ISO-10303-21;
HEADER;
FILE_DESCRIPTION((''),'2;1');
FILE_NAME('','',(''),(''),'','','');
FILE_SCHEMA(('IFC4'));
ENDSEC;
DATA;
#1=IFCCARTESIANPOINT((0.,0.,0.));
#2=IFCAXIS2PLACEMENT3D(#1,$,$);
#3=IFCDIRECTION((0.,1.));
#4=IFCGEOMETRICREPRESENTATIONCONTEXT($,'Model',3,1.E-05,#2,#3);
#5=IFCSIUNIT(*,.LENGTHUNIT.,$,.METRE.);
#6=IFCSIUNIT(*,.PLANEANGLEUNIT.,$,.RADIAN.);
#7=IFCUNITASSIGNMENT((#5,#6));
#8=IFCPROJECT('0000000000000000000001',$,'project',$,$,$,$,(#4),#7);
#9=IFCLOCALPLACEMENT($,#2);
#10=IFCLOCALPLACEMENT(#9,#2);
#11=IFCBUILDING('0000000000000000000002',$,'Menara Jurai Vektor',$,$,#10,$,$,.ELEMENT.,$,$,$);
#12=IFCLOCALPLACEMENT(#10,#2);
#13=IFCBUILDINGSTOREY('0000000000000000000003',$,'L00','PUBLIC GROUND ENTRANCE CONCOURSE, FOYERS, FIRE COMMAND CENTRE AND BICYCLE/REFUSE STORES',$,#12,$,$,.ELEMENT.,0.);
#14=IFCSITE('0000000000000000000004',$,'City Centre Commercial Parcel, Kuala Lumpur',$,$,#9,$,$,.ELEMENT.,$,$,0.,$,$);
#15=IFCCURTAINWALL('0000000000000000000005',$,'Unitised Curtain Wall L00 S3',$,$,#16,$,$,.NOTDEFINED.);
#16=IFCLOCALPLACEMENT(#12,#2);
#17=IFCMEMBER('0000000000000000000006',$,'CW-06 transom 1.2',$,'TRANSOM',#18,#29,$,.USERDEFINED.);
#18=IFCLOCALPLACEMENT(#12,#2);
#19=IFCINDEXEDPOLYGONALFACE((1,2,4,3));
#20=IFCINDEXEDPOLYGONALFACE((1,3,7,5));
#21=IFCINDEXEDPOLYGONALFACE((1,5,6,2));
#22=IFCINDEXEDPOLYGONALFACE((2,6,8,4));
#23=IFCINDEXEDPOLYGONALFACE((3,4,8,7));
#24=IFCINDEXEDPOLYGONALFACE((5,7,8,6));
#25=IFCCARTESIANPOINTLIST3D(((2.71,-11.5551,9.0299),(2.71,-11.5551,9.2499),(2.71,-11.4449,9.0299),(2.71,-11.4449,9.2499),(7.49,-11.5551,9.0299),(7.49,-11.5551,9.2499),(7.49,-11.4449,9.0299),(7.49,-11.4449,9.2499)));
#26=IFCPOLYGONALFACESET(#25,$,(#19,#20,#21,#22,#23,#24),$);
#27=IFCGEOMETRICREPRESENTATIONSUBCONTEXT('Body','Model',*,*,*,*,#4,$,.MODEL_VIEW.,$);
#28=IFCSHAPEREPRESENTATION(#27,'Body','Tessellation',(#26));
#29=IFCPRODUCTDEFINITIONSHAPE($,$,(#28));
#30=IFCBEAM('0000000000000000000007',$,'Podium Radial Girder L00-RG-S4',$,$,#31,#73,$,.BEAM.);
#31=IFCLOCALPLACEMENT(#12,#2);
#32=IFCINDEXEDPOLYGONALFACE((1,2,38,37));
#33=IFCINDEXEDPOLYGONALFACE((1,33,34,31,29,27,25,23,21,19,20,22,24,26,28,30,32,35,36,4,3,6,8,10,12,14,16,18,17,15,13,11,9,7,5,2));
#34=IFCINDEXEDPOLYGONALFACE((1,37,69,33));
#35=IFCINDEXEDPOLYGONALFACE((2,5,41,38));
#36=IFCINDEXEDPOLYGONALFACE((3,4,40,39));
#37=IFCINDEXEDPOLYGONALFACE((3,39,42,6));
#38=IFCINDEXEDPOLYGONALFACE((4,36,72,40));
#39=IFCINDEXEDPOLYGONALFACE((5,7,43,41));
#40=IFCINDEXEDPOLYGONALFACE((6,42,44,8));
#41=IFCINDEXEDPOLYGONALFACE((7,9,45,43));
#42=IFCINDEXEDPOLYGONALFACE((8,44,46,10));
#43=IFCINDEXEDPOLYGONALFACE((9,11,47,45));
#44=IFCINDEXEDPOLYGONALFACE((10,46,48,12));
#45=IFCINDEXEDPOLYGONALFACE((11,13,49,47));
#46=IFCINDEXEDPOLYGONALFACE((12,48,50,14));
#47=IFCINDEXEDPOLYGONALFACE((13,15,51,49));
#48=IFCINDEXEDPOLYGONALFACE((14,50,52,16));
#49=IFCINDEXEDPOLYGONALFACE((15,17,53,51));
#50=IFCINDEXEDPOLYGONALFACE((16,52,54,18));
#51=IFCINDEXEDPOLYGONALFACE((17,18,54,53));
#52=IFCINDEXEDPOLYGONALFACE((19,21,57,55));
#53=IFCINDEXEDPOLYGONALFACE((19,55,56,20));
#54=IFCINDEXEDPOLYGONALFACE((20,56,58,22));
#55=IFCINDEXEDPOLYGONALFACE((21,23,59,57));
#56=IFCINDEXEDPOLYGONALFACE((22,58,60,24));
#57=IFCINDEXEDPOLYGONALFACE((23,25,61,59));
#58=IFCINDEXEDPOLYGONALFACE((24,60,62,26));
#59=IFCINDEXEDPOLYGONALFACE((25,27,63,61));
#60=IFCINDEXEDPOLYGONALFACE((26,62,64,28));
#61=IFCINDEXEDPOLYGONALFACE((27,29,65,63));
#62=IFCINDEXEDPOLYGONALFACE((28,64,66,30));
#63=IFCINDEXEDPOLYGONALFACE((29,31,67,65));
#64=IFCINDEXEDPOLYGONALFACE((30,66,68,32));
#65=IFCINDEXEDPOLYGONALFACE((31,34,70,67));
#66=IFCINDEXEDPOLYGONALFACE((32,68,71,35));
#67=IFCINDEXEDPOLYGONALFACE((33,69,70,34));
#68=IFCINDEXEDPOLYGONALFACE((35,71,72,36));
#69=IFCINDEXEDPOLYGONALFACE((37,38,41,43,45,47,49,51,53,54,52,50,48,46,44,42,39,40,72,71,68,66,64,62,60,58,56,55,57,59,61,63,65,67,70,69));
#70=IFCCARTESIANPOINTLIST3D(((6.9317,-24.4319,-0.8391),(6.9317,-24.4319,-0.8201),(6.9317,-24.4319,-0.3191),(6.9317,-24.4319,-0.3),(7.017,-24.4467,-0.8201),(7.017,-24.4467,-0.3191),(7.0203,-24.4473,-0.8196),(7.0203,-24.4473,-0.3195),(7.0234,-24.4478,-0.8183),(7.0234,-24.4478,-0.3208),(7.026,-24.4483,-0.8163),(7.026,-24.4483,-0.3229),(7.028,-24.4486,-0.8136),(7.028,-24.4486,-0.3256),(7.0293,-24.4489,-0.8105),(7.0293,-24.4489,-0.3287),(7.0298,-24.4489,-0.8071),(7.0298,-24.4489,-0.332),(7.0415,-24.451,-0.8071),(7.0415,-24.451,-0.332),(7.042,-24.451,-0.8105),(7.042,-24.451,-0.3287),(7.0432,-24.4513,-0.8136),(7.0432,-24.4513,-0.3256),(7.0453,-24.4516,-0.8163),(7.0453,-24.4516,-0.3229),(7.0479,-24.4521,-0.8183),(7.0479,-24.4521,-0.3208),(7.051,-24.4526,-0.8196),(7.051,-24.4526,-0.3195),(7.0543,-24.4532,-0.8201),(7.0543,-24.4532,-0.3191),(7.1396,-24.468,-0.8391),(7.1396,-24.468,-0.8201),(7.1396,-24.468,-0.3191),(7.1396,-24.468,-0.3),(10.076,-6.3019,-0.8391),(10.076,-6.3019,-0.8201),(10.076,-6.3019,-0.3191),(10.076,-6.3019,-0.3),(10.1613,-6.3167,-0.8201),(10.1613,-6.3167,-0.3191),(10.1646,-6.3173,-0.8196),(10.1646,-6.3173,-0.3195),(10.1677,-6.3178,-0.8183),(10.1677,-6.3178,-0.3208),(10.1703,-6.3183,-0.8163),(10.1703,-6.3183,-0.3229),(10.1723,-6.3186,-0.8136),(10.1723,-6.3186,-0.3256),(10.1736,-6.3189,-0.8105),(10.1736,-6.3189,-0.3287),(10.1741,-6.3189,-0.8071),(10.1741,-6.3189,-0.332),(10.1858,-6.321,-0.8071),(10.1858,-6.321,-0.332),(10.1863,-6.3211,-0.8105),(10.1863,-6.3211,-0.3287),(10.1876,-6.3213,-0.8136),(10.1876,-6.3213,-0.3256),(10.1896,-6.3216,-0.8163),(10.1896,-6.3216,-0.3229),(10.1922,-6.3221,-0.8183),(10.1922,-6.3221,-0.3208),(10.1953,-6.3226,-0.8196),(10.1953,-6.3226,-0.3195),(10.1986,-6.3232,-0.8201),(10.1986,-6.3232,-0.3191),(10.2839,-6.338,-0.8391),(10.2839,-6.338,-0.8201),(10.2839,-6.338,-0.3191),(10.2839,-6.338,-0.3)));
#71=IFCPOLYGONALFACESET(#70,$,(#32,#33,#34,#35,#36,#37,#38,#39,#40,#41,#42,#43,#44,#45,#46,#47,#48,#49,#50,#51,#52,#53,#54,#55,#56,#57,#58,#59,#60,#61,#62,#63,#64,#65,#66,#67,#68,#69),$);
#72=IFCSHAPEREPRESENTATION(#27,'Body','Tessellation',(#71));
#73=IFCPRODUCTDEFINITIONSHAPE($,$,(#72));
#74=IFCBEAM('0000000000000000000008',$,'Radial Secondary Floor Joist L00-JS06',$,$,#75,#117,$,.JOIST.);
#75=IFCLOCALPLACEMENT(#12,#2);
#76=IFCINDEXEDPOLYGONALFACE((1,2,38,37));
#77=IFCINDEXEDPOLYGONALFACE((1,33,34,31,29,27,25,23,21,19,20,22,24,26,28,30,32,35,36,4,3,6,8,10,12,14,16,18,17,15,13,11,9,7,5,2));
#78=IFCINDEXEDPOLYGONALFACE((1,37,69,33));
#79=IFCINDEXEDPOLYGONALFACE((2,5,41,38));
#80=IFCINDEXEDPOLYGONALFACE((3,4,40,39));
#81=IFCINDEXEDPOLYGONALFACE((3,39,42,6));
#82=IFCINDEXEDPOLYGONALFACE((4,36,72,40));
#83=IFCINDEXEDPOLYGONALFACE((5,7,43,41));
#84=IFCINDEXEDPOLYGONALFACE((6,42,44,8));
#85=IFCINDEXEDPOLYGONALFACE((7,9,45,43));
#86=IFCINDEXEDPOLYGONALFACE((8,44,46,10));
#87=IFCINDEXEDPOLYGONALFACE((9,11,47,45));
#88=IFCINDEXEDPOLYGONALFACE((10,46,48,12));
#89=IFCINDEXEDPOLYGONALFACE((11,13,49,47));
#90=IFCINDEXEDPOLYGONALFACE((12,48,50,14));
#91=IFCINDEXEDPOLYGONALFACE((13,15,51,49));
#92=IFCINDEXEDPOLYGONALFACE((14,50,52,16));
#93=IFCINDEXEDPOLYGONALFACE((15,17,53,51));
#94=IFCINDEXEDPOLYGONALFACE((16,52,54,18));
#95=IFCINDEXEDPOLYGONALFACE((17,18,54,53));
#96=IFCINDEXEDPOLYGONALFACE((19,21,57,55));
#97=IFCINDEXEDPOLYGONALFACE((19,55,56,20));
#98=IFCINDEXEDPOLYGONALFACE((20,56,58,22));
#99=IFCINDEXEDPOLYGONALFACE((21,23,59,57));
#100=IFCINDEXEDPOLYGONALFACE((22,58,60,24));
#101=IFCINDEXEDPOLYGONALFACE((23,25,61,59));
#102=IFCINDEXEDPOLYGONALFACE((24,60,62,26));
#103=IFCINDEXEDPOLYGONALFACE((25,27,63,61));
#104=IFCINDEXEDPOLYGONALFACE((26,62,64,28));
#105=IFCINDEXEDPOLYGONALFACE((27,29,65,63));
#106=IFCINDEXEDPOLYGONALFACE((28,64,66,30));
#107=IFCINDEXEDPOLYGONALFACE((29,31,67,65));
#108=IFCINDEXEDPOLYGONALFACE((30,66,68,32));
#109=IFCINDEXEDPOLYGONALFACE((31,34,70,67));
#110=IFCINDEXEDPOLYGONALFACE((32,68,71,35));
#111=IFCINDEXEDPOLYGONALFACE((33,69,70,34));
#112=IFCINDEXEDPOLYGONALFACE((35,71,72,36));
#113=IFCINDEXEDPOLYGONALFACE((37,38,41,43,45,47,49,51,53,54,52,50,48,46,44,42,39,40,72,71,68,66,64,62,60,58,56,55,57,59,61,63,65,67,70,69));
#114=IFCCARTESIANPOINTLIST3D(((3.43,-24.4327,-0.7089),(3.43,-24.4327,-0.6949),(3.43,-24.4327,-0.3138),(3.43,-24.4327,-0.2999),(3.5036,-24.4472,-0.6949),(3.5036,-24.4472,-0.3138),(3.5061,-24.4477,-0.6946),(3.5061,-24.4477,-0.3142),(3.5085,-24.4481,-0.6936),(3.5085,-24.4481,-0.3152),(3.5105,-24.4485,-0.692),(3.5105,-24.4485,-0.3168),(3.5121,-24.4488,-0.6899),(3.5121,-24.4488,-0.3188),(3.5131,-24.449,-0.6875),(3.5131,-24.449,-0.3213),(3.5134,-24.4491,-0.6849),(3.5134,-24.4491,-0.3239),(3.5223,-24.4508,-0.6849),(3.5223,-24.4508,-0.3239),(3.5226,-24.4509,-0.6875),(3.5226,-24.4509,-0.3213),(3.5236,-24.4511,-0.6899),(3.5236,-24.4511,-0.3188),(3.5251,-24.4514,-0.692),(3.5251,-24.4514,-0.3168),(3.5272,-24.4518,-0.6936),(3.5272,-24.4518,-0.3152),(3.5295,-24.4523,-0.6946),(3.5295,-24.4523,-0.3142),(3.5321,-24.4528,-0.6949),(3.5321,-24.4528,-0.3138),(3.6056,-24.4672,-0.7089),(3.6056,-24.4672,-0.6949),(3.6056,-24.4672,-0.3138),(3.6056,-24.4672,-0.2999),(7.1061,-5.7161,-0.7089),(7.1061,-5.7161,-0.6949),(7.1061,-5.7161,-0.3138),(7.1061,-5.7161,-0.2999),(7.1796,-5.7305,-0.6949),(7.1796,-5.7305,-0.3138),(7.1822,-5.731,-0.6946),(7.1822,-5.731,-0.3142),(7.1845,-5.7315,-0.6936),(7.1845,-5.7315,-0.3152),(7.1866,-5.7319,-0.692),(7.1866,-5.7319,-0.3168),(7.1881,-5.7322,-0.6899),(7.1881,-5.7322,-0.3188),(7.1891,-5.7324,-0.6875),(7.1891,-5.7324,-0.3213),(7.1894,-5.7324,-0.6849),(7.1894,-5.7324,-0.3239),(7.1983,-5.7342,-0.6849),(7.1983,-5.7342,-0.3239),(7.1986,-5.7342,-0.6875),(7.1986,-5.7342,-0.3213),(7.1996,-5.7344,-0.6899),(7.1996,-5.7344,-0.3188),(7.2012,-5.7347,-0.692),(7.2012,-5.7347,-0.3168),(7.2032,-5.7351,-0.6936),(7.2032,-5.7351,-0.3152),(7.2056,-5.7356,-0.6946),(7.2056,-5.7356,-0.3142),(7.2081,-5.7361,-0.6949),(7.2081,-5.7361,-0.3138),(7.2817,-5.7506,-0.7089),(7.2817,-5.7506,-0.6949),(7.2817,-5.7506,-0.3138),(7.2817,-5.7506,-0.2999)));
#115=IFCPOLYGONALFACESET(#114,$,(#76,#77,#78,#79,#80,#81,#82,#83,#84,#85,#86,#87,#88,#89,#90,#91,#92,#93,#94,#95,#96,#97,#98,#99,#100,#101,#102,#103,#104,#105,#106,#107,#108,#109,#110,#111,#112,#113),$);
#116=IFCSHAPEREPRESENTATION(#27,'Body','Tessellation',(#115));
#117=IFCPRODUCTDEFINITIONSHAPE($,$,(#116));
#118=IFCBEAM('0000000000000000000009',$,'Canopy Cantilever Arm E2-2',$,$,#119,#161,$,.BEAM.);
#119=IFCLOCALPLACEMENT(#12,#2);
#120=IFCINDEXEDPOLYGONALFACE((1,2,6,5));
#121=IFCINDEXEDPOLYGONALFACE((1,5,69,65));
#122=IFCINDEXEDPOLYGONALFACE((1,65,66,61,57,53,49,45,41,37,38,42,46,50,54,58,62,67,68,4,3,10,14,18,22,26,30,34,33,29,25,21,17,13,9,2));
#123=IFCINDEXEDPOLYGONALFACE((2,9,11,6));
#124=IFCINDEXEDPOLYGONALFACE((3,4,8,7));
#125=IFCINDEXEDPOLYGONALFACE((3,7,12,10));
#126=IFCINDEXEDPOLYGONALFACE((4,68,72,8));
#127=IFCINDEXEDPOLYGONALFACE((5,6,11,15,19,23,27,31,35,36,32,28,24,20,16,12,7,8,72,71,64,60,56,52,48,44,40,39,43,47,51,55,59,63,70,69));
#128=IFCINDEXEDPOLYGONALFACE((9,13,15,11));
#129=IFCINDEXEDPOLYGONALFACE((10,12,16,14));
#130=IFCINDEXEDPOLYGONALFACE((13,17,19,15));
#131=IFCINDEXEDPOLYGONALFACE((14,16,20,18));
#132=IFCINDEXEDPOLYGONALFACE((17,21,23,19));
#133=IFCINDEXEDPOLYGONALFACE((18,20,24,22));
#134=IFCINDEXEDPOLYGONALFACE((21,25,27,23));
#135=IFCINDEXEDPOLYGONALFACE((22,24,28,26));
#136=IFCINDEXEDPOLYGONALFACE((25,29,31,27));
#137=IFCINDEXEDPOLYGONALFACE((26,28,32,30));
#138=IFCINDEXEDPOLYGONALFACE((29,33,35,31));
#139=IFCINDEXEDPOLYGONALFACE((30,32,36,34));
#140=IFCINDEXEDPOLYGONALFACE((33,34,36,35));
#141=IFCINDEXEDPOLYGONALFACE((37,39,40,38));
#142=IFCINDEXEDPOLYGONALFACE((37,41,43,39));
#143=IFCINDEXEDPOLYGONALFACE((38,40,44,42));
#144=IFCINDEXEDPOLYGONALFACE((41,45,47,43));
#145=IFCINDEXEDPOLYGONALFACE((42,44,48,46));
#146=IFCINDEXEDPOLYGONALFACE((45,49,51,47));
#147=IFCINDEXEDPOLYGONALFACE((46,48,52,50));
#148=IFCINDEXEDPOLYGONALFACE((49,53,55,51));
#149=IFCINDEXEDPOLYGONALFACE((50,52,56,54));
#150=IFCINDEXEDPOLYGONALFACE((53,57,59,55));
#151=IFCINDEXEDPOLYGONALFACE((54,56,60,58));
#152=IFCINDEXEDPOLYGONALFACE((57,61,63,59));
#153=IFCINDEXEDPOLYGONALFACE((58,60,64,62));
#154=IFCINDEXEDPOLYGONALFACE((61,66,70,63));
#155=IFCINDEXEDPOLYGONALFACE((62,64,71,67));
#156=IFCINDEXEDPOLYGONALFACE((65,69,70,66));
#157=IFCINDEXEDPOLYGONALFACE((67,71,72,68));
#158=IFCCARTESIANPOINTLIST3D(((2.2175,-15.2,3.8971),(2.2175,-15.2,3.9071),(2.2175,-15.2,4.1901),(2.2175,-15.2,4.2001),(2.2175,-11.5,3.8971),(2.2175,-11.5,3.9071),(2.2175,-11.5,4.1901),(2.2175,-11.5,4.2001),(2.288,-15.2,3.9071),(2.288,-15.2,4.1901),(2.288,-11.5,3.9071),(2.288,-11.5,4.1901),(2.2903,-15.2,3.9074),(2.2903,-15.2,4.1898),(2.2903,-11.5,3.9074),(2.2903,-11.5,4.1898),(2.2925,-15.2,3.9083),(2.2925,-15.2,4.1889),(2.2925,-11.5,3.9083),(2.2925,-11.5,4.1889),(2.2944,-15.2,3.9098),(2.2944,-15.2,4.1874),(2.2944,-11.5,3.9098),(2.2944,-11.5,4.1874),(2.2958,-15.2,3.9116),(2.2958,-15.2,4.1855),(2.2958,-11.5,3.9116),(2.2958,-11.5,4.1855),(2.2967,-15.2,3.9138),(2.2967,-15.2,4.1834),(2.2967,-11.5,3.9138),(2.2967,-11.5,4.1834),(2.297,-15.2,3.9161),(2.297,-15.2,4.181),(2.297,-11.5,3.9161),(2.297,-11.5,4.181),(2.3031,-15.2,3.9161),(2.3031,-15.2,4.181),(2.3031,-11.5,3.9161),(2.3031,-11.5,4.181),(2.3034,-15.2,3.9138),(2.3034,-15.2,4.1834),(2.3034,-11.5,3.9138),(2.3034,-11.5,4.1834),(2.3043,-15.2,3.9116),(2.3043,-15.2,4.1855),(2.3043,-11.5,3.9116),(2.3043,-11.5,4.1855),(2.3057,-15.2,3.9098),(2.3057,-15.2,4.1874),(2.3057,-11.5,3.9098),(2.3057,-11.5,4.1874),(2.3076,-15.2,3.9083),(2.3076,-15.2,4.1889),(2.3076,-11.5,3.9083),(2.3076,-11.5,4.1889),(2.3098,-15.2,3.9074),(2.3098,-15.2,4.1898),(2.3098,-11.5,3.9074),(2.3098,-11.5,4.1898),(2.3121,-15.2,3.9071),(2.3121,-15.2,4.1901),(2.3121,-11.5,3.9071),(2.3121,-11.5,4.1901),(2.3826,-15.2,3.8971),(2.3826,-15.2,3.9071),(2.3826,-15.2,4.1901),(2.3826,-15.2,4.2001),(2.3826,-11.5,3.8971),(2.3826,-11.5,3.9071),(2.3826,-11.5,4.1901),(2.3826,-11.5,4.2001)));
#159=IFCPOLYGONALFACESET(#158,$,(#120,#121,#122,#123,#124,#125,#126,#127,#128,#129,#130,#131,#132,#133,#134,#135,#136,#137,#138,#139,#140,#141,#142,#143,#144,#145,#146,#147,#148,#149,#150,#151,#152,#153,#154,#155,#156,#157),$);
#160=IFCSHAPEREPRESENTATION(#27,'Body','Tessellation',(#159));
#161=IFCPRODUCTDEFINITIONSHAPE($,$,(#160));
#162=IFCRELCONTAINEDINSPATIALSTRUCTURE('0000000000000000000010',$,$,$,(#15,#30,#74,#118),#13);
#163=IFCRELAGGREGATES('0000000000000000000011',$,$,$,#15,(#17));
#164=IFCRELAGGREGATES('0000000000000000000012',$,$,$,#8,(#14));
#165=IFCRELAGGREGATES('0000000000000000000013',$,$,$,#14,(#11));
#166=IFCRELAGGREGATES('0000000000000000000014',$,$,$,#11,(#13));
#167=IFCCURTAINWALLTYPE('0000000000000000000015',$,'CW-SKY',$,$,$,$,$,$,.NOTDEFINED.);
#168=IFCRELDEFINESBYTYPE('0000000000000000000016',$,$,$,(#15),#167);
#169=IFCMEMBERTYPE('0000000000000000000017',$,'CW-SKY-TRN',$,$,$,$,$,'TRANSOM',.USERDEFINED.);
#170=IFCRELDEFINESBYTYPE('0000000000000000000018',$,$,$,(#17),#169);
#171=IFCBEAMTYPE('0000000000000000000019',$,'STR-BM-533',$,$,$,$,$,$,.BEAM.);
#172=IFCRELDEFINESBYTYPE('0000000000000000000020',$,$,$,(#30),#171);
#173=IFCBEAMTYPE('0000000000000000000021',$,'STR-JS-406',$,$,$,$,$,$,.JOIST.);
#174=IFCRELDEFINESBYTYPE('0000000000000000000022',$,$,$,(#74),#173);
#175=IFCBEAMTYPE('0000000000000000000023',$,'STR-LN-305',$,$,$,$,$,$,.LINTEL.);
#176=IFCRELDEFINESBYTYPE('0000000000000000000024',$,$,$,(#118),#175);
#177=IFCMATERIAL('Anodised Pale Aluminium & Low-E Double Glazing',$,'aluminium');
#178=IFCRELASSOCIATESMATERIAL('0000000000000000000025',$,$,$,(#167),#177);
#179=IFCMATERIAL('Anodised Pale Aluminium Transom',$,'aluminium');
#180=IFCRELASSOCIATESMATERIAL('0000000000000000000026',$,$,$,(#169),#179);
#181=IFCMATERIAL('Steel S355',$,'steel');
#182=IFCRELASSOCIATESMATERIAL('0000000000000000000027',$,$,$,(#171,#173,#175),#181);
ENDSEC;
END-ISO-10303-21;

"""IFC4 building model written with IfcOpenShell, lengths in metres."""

from ifc_helpers import new_model, si_unit, direction, frame, origin, origin_2d, place, context, subcontext, project, spatial, rectangle, i_section, extrude, material, material_profile, profile_set, type_object, element, aggregate, save


model = new_model("IFC4")

# Units and contexts
model_context = context("Model", 3, precision=1e-05, world=origin(), true_north=direction((0.0, 1.0)))
body_context = subcontext(model_context, "Body", "Model", "MODEL_VIEW")
ifc_project = project(units=[si_unit("LENGTHUNIT", "METRE"), si_unit("PLANEANGLEUNIT", "RADIAN")], contexts=[model_context])

# Site, building, storey
site_placement = place(None, origin())
site = spatial("IfcSite", under=ifc_project, at=site_placement, Name="City Centre Commercial Parcel, Kuala Lumpur", CompositionType="ELEMENT", RefElevation=0.0)
building_placement = place(site_placement, origin())
building = spatial("IfcBuilding", under=site, at=building_placement, Name="Menara Jurai Vektor", CompositionType="ELEMENT")
storey_placement = place(building_placement, origin())
storey = spatial("IfcBuildingStorey", under=building, at=storey_placement, Name="L00", Description="PUBLIC GROUND ENTRANCE CONCOURSE, FOYERS, FIRE COMMAND CENTRE AND BICYCLE/REFUSE STORES", CompositionType="ELEMENT", Elevation=0.0)

# Shared definitions
ifc_material_1 = material(Name="Steel S355", Category="steel")

# Curtain wall, member
ifc_material_2 = material(Name="Anodised Pale Aluminium & Low-E Double Glazing", Category="aluminium")
curtain_wall_type = type_object("IfcCurtainWallType", Name="CW-SKY", PredefinedType="NOTDEFINED", material=ifc_material_2)
curtain_wall_placement = place(storey_placement, origin())
curtain_wall = element("IfcCurtainWall", 1, at=curtain_wall_placement, inside=storey, type_object=curtain_wall_type, Name="Unitised Curtain Wall L00 S3", PredefinedType="NOTDEFINED")
ifc_material_3 = material(Name="Anodised Pale Aluminium Transom", Category="aluminium")
ifc_material_profile_1 = material_profile(ifc_material_3, rectangle(XDim=0.1101, YDim=0.22, at=origin_2d()), Name="ALU TRN 110x220")
ifc_profile_set_1 = profile_set([ifc_material_profile_1], Name="Anodised Pale Aluminium Transom")
member_type_1 = type_object("IfcMemberType", Name="CW-SKY-TRN", ElementType="TRANSOM", PredefinedType="USERDEFINED", material=ifc_profile_set_1)
member_1_placement = place(storey_placement, frame((2.71, -11.5, 9.1399), z_axis=(1.0, 0.0, 0.0), x_axis=(0.0, 1.0, 0.0)))
member_1 = element("IfcMember", 2, at=member_1_placement, type_object=member_type_1, Name="CW-06 transom 1.2", ObjectType="TRANSOM", PredefinedType="USERDEFINED", context=body_context, shape_type="SweptSolid", body=[
    extrude(rectangle(XDim=0.1101, YDim=0.22, at=origin_2d()), origin(), (0.0, 0.0, 1.0), 4.78),
])

# Beams
ifc_material_profile_2 = material_profile(ifc_material_1, i_section(OverallWidth=0.2109, OverallDepth=0.5391, WebThickness=0.012, FlangeThickness=0.019, FilletRadius=0.0129, at=origin_2d()), Name="UKB 533x210x109")
ifc_profile_set_2 = profile_set([ifc_material_profile_2], Name="Steel S355")
beam_type_1 = type_object("IfcBeamType", Name="STR-BM-533", PredefinedType="BEAM", material=ifc_profile_set_2)
beam_1_placement = place(storey_placement, frame((7.0356, -24.45, -0.5696), z_axis=(0.17088, 0.985292, 0.0), x_axis=(-0.985292, 0.17088, 0.0)))
element("IfcBeam", 3, at=beam_1_placement, inside=storey, type_object=beam_type_1, Name="Podium Radial Girder L00-RG-S4", PredefinedType="BEAM", context=body_context, shape_type="SweptSolid", body=[
    extrude(i_section(OverallWidth=0.2109, OverallDepth=0.5391, WebThickness=0.012, FlangeThickness=0.019, FilletRadius=0.0129, at=origin_2d()), origin(), (0.0, 0.0, 1.0), 18.4006),
])
ifc_material_profile_3 = material_profile(ifc_material_1, i_section(OverallWidth=0.179, OverallDepth=0.4089, WebThickness=0.009, FlangeThickness=0.0139, FilletRadius=0.01, at=origin_2d()), Name="UKB 406x178x67")
ifc_profile_set_3 = profile_set([ifc_material_profile_3], Name="Steel S355")
beam_type_2 = type_object("IfcBeamType", Name="STR-JS-406", PredefinedType="JOIST", material=ifc_profile_set_3)
beam_2_placement = place(storey_placement, frame((3.5178, -24.45, -0.5044), z_axis=(0.192723, 0.981253, 0.0), x_axis=(-0.981253, 0.192723, 0.0)))
element("IfcBeam", 4, at=beam_2_placement, inside=storey, type_object=beam_type_2, Name="Radial Secondary Floor Joist L00-JS06", PredefinedType="JOIST", context=body_context, shape_type="SweptSolid", body=[
    extrude(i_section(OverallWidth=0.179, OverallDepth=0.4089, WebThickness=0.009, FlangeThickness=0.0139, FilletRadius=0.01, at=origin_2d()), origin(), (0.0, 0.0, 1.0), 19.0742),
])
ifc_material_profile_4 = material_profile(ifc_material_1, i_section(OverallWidth=0.165, OverallDepth=0.303, WebThickness=0.0061, FlangeThickness=0.01, FilletRadius=0.009, at=origin_2d()), Name="UKB 305x165x40")
ifc_profile_set_4 = profile_set([ifc_material_profile_4], Name="Steel S355")
beam_type_3 = type_object("IfcBeamType", Name="STR-LN-305", PredefinedType="LINTEL", material=ifc_profile_set_4)
beam_3_placement = place(storey_placement, frame((2.3, -11.5, 4.0486), z_axis=(0.0, -1.0, 0.0), x_axis=(1.0, 0.0, 0.0)))
element("IfcBeam", 5, at=beam_3_placement, inside=storey, type_object=beam_type_3, Name="Canopy Cantilever Arm E2-2", PredefinedType="BEAM", context=body_context, shape_type="SweptSolid", body=[
    extrude(i_section(OverallWidth=0.165, OverallDepth=0.303, WebThickness=0.0061, FlangeThickness=0.01, FilletRadius=0.009, at=origin_2d()), origin(), (0.0, 0.0, 1.0), 3.7),
])

aggregate(curtain_wall, [member_1])

save(model, "model.ifc")
